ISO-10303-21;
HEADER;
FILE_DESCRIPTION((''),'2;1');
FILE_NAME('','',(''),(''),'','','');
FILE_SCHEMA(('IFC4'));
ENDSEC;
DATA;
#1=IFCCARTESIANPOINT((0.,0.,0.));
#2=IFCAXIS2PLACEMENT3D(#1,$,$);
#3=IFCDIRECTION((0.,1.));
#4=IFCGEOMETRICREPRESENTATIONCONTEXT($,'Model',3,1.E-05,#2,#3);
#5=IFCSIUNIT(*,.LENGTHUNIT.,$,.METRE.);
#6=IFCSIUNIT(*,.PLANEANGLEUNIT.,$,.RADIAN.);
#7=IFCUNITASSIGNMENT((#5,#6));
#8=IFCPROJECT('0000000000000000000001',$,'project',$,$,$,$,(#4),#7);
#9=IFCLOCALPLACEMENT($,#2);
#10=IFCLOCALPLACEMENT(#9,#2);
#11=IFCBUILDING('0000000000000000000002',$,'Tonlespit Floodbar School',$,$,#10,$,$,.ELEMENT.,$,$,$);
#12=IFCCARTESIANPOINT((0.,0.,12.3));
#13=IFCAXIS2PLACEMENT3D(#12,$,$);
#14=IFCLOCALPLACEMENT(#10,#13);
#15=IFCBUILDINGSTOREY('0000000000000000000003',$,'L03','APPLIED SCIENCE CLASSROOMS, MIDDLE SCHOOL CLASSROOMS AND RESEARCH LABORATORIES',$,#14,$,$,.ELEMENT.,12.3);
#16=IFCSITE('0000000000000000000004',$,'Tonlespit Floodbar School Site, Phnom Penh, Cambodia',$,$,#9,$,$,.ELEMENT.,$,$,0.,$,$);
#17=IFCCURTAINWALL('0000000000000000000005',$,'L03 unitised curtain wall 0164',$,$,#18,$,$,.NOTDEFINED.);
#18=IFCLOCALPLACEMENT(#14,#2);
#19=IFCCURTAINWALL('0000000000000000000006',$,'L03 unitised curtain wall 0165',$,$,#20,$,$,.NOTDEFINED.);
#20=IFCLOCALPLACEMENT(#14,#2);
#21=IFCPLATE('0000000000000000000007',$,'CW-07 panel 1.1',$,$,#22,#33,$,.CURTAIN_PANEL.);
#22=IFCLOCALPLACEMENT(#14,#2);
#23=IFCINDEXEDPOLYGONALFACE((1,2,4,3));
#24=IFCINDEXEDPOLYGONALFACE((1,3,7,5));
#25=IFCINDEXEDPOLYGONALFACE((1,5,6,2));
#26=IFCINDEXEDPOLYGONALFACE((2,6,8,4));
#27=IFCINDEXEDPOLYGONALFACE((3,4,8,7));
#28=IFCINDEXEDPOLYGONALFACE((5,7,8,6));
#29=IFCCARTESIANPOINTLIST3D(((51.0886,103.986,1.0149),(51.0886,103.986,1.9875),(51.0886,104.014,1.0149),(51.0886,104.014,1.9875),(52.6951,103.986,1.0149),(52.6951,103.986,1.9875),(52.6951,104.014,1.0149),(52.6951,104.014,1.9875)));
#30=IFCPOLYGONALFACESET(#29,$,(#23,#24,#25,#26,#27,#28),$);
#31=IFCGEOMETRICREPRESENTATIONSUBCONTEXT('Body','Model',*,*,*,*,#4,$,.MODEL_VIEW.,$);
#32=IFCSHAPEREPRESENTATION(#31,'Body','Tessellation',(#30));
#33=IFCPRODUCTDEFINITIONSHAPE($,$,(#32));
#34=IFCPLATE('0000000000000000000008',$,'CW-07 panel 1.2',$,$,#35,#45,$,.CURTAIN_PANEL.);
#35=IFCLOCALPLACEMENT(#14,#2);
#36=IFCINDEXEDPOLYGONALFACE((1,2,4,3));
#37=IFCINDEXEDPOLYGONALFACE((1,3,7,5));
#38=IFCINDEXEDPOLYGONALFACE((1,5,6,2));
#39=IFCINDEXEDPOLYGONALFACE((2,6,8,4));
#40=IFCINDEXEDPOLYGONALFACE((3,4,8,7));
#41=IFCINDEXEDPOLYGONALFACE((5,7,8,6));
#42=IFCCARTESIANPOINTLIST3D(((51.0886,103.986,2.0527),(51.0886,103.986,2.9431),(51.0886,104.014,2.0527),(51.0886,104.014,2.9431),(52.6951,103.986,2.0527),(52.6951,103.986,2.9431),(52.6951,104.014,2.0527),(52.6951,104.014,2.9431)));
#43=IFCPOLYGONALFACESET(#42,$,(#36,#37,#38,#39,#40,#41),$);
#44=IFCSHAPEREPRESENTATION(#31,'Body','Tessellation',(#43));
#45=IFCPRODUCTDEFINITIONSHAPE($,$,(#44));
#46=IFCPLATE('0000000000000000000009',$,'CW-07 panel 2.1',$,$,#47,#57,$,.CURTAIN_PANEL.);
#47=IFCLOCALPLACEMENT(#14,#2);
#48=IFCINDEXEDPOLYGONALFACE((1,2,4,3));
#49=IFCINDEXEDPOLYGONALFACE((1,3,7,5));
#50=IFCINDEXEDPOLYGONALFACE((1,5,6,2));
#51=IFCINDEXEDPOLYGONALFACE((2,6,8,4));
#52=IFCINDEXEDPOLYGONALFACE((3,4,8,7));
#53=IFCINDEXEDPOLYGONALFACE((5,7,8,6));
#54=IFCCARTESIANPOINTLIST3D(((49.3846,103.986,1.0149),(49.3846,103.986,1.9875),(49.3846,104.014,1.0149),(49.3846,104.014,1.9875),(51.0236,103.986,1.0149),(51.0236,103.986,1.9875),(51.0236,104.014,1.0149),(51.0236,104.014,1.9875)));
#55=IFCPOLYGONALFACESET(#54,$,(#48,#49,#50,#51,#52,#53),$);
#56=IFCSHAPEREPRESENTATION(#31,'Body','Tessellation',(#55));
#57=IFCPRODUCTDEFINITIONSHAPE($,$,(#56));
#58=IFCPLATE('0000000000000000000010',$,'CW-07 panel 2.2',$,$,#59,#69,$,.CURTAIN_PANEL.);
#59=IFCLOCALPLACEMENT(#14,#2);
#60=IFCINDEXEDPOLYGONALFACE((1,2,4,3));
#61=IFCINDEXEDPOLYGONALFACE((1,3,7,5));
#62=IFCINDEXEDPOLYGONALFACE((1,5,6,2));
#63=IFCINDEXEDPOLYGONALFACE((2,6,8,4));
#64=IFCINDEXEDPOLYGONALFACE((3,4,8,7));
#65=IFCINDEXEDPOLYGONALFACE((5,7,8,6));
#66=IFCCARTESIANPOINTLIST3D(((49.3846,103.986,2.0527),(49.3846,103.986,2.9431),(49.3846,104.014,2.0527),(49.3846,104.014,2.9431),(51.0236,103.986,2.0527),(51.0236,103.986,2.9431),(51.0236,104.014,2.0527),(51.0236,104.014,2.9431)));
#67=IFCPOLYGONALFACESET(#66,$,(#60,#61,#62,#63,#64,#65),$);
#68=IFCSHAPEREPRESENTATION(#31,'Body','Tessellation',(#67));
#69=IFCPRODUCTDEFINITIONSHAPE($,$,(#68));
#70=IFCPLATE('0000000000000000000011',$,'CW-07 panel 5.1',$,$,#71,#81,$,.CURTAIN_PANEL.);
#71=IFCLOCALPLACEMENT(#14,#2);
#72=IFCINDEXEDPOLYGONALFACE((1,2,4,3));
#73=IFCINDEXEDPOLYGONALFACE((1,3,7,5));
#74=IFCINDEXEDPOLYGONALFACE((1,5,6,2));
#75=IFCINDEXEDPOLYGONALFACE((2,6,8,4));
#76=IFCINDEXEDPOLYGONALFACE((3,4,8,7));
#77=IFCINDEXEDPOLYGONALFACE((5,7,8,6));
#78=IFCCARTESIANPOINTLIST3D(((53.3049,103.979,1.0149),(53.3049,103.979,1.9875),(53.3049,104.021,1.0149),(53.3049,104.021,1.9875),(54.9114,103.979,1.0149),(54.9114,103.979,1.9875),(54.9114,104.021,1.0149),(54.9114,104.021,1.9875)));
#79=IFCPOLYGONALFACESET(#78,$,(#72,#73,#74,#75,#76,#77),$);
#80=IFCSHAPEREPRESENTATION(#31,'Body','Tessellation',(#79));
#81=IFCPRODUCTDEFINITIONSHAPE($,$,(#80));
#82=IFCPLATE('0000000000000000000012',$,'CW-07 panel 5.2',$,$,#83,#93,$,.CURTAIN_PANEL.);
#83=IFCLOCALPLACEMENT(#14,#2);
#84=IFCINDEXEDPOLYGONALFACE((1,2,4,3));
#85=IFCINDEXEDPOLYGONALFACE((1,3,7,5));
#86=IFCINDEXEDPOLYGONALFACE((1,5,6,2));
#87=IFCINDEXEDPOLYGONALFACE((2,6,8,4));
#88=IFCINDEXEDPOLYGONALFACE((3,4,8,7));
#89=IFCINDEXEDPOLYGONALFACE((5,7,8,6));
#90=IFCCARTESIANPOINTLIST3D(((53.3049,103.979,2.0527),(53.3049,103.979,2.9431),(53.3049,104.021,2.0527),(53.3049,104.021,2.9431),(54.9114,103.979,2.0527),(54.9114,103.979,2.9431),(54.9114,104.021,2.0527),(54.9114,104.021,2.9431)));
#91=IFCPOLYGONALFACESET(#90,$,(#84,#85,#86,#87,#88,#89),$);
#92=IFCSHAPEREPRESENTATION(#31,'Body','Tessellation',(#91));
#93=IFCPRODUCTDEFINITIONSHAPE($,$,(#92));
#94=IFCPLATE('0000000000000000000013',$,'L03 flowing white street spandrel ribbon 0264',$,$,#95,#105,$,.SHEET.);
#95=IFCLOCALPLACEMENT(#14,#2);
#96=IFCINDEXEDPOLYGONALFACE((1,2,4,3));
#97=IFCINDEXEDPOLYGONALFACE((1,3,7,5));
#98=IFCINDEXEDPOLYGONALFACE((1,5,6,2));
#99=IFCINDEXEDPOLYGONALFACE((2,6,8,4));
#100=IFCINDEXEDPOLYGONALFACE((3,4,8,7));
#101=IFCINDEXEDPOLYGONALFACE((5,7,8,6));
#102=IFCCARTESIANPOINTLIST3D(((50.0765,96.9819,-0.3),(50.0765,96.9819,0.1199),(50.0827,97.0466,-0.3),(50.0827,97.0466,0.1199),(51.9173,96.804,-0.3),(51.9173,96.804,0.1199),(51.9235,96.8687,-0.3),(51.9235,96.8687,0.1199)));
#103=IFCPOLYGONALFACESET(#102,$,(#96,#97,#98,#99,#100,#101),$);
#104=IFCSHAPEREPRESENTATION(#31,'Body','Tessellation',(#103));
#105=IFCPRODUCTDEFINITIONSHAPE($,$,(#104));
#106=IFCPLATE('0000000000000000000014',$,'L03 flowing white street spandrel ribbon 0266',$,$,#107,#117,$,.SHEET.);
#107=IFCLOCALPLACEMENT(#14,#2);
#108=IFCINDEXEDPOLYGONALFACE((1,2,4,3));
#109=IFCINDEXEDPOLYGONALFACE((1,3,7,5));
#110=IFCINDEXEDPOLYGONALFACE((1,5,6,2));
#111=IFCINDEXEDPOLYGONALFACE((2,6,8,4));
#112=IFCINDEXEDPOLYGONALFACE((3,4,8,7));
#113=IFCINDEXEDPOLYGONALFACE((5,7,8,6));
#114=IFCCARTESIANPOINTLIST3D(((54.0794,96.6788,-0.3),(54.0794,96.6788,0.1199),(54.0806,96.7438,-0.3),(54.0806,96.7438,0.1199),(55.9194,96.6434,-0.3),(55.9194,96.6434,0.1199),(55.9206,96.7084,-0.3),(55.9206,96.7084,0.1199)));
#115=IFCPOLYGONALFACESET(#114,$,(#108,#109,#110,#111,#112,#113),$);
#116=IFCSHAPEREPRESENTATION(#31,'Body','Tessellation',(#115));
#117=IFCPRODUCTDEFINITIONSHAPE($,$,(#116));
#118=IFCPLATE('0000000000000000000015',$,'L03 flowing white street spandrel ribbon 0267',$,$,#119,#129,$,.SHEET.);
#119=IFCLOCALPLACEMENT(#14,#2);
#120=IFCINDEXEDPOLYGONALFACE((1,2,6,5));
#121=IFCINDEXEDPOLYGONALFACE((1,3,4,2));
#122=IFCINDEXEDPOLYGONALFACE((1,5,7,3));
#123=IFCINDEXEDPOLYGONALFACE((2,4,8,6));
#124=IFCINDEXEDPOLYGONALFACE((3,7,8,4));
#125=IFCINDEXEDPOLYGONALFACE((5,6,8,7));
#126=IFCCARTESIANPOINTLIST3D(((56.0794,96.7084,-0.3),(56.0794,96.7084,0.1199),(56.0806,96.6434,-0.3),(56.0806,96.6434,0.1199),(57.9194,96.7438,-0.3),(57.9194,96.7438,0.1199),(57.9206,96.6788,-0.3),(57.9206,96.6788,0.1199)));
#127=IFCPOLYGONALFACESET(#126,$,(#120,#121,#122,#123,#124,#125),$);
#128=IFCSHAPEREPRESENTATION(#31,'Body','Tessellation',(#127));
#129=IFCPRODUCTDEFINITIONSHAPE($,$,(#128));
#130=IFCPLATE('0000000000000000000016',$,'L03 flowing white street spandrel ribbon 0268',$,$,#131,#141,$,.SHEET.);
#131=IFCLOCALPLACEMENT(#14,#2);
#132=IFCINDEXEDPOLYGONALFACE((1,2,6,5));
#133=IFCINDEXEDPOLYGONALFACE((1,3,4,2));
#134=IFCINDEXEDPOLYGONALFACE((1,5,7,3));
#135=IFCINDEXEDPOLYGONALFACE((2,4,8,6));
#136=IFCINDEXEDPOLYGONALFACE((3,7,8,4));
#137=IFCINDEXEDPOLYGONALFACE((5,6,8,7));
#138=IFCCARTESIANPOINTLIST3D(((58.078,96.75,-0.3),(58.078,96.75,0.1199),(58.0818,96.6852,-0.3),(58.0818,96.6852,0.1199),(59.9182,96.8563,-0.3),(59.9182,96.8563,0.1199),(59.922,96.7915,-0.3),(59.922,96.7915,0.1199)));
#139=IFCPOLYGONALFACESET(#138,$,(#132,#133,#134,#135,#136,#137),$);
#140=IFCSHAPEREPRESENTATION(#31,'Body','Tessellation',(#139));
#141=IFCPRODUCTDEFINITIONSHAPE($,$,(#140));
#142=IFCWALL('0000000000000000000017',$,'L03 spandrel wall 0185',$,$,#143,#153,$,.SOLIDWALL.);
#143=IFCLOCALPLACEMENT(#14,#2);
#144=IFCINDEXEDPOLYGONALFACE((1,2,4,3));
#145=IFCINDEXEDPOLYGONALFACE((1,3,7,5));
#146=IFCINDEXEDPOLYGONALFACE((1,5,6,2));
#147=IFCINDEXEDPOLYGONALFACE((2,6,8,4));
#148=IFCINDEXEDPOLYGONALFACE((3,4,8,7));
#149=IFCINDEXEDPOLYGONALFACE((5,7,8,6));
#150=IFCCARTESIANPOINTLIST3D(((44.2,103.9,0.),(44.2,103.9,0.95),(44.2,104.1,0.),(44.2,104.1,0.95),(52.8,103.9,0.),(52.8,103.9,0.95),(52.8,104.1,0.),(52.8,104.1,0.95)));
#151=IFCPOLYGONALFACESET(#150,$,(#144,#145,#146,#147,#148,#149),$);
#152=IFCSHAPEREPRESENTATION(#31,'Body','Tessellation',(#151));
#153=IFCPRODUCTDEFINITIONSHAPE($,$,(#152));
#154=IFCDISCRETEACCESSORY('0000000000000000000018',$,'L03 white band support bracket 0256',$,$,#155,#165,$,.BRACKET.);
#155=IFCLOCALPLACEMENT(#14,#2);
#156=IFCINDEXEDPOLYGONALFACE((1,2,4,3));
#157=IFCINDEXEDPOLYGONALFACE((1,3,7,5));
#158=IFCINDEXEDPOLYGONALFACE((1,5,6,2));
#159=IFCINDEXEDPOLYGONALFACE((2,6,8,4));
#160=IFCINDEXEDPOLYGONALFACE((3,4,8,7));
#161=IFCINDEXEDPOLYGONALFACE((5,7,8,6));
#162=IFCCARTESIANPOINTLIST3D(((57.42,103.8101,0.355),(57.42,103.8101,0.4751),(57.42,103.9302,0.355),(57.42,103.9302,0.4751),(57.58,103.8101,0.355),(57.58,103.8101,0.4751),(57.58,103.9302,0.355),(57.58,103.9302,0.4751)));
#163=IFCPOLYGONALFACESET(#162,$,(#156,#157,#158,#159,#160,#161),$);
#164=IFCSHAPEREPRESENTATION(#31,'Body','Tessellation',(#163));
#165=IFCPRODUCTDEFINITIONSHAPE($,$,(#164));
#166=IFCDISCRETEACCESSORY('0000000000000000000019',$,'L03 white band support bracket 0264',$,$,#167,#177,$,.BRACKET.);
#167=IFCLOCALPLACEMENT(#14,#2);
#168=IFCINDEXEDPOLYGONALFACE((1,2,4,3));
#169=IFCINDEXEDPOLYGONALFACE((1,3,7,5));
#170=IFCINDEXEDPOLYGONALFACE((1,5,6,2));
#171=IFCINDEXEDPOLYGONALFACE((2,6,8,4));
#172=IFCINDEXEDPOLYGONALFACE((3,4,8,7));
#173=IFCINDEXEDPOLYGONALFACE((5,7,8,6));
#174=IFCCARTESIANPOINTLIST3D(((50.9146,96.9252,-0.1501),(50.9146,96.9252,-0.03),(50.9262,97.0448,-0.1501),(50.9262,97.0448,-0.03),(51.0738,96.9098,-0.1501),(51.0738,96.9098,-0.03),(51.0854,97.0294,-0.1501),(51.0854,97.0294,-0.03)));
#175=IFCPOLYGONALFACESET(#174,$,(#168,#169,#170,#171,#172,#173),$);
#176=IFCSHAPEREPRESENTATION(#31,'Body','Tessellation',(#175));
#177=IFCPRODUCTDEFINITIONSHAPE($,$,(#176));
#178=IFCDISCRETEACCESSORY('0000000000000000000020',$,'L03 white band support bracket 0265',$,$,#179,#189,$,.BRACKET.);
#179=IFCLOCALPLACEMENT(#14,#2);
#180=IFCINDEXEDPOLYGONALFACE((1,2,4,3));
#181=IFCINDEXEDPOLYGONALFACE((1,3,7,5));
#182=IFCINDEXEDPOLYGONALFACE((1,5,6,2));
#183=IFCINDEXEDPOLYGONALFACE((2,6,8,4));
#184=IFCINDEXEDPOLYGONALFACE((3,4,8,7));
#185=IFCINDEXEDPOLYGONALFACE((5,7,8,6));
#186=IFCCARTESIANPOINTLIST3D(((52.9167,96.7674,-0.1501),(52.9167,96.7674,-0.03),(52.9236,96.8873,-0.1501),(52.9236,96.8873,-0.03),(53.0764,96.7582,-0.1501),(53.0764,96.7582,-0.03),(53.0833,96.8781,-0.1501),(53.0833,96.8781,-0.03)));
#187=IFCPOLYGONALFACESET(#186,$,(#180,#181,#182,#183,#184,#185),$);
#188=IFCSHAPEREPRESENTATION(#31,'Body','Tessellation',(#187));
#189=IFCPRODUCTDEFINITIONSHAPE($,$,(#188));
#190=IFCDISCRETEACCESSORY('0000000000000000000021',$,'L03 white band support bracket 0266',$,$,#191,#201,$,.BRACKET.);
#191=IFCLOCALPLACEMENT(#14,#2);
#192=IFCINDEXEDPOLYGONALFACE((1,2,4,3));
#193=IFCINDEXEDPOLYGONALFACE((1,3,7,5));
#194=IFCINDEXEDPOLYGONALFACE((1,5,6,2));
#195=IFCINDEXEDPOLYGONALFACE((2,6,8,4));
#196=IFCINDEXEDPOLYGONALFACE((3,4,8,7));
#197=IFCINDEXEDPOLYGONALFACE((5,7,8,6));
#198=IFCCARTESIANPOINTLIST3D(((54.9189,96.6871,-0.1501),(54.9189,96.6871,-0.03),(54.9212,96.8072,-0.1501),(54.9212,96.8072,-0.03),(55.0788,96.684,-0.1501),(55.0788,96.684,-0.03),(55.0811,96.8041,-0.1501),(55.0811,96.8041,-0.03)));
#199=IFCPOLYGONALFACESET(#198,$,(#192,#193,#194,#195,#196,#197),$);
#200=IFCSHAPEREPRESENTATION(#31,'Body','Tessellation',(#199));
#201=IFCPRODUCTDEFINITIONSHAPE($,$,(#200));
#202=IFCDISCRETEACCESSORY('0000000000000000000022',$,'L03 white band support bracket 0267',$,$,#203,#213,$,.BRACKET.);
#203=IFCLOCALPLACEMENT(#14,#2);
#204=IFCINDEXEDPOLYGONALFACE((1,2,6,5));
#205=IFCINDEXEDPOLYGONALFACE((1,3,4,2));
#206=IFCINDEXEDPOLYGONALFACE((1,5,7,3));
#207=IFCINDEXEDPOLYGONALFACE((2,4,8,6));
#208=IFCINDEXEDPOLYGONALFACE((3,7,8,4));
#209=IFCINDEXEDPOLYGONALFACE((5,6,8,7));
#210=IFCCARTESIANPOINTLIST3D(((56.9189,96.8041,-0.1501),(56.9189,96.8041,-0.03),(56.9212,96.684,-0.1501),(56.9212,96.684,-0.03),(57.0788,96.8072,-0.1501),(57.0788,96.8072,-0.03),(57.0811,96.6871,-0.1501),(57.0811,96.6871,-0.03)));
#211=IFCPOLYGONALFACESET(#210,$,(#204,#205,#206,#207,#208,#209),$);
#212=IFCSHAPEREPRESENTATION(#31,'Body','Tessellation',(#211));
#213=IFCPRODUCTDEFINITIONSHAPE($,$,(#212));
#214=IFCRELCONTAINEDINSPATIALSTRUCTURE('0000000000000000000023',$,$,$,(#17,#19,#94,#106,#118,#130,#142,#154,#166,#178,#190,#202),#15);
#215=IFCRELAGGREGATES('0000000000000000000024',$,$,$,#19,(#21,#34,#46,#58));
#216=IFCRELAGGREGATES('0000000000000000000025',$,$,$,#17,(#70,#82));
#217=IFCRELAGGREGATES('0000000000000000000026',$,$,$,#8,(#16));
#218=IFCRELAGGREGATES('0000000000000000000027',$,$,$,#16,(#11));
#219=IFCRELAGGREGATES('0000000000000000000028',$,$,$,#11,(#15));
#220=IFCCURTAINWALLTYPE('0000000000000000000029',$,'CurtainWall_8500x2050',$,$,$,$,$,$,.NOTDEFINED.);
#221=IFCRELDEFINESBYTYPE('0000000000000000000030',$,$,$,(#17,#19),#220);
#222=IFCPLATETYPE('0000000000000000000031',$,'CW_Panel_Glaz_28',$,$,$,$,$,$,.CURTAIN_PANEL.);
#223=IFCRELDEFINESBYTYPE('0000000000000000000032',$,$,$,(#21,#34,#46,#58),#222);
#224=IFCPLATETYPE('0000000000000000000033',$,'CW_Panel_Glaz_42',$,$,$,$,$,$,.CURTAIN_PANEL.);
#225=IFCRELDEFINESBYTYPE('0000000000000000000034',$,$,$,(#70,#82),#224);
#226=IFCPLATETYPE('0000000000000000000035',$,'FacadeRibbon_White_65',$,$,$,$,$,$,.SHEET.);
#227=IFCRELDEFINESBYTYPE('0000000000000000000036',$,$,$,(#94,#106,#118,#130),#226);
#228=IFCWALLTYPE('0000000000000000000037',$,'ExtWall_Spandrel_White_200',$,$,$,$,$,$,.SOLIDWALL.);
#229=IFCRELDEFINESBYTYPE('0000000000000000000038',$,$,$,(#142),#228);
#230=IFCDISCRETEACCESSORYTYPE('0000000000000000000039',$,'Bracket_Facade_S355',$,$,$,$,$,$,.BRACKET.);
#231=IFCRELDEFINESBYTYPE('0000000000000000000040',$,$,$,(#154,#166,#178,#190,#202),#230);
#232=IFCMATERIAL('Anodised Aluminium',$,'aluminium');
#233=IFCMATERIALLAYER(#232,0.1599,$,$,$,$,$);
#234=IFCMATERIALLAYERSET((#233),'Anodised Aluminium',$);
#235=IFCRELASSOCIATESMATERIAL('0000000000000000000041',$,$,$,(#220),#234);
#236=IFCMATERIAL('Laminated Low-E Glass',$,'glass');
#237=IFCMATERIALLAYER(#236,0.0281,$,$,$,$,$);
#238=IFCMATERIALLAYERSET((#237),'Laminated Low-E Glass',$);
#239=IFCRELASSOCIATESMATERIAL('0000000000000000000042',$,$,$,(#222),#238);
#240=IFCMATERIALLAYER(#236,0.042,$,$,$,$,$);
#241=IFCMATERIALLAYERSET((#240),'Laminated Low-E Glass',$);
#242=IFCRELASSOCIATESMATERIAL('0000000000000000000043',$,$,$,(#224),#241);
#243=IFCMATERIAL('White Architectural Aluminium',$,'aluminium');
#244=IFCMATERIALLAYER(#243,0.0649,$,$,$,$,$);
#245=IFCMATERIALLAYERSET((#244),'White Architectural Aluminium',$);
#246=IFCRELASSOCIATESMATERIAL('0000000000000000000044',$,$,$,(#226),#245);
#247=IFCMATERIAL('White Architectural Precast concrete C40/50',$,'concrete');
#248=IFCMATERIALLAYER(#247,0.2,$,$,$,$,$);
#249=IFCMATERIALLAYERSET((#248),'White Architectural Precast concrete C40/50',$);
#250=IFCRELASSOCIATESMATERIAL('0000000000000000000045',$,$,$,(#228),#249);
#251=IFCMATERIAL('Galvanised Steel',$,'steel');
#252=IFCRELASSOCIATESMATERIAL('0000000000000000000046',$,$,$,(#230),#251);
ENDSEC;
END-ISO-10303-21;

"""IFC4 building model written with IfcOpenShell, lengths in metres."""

from ifc_helpers import new_model, si_unit, direction, frame, frame_2d, origin, origin_2d, place, context, subcontext, project, spatial, rectangle, extrude, material, layer, layer_set, type_object, element, aggregate, save


model = new_model("IFC4")

# Units and contexts
model_context = context("Model", 3, precision=1e-05, world=origin(), true_north=direction((0.0, 1.0)))
body_context = subcontext(model_context, "Body", "Model", "MODEL_VIEW")
ifc_project = project(units=[si_unit("LENGTHUNIT", "METRE"), si_unit("PLANEANGLEUNIT", "RADIAN")], contexts=[model_context])

# Site, building, storey
site_placement = place(None, origin())
site = spatial("IfcSite", under=ifc_project, at=site_placement, Name="Tonlespit Floodbar School Site, Phnom Penh, Cambodia", CompositionType="ELEMENT", RefElevation=0.0)
building_placement = place(site_placement, origin())
building = spatial("IfcBuilding", under=site, at=building_placement, Name="Tonlespit Floodbar School", CompositionType="ELEMENT")
storey_placement = place(building_placement, frame((0.0, 0.0, 12.3)))
storey = spatial("IfcBuildingStorey", under=building, at=storey_placement, Name="L03", Description="APPLIED SCIENCE CLASSROOMS, MIDDLE SCHOOL CLASSROOMS AND RESEARCH LABORATORIES", CompositionType="ELEMENT", Elevation=12.3)

# Curtain wall
ifc_material_1 = material(Name="Anodised Aluminium", Category="aluminium")
ifc_layer_1 = layer(ifc_material_1, 0.1599)
ifc_layer_set_1 = layer_set([ifc_layer_1], Name="Anodised Aluminium")
curtain_wall_type = type_object("IfcCurtainWallType", Name="CurtainWall_8500x2050", PredefinedType="NOTDEFINED", material=ifc_layer_set_1)
curtain_wall_1_placement = place(storey_placement, origin())
curtain_wall_1 = element("IfcCurtainWall", 1, at=curtain_wall_1_placement, inside=storey, type_object=curtain_wall_type, Name="L03 unitised curtain wall 0164", PredefinedType="NOTDEFINED")

# Curtain wall, plates
curtain_wall_2_placement = place(storey_placement, origin())
curtain_wall_2 = element("IfcCurtainWall", 2, at=curtain_wall_2_placement, inside=storey, type_object=curtain_wall_type, Name="L03 unitised curtain wall 0165", PredefinedType="NOTDEFINED")
ifc_material_2 = material(Name="Laminated Low-E Glass", Category="glass")
ifc_layer_2 = layer(ifc_material_2, 0.0281)
ifc_layer_set_2 = layer_set([ifc_layer_2], Name="Laminated Low-E Glass")
plate_type_1 = type_object("IfcPlateType", Name="CW_Panel_Glaz_28", PredefinedType="CURTAIN_PANEL", material=ifc_layer_set_2)
plate_1_placement = place(storey_placement, frame((51.8918, 104.0, 1.0149), z_axis=(0.0, 0.0, 1.0), x_axis=(-1.0, 0.0, 0.0)))
plate_1 = element("IfcPlate", 3, at=plate_1_placement, type_object=plate_type_1, Name="CW-07 panel 1.1", PredefinedType="CURTAIN_PANEL", context=body_context, shape_type="SweptSolid", body=[
    extrude(rectangle(XDim=1.6064, YDim=0.0281, at=origin_2d()), origin(), (0.0, 0.0, 1.0), 0.9727),
])
plate_2_placement = place(storey_placement, frame((51.8918, 104.0, 2.0527), z_axis=(0.0, 0.0, 1.0), x_axis=(-1.0, 0.0, 0.0)))
plate_2 = element("IfcPlate", 4, at=plate_2_placement, type_object=plate_type_1, Name="CW-07 panel 1.2", PredefinedType="CURTAIN_PANEL", context=body_context, shape_type="SweptSolid", body=[
    extrude(rectangle(XDim=1.6064, YDim=0.0281, at=origin_2d()), origin(), (0.0, 0.0, 1.0), 0.8904),
])
plate_3_placement = place(storey_placement, frame((50.2041, 104.0, 1.0149), z_axis=(0.0, 0.0, 1.0), x_axis=(-1.0, 0.0, 0.0)))
plate_3 = element("IfcPlate", 5, at=plate_3_placement, type_object=plate_type_1, Name="CW-07 panel 2.1", PredefinedType="CURTAIN_PANEL", context=body_context, shape_type="SweptSolid", body=[
    extrude(rectangle(XDim=1.6389, YDim=0.0281, at=origin_2d()), origin(), (0.0, 0.0, 1.0), 0.9727),
])
plate_4_placement = place(storey_placement, frame((50.2041, 104.0, 2.0527), z_axis=(0.0, 0.0, 1.0), x_axis=(-1.0, 0.0, 0.0)))
plate_4 = element("IfcPlate", 6, at=plate_4_placement, type_object=plate_type_1, Name="CW-07 panel 2.2", PredefinedType="CURTAIN_PANEL", context=body_context, shape_type="SweptSolid", body=[
    extrude(rectangle(XDim=1.6389, YDim=0.0281, at=origin_2d()), origin(), (0.0, 0.0, 1.0), 0.8904),
])
aggregate(curtain_wall_2, [plate_1, plate_2, plate_3, plate_4])

# Plates
ifc_layer_3 = layer(ifc_material_2, 0.042)
ifc_layer_set_3 = layer_set([ifc_layer_3], Name="Laminated Low-E Glass")
plate_type_2 = type_object("IfcPlateType", Name="CW_Panel_Glaz_42", PredefinedType="CURTAIN_PANEL", material=ifc_layer_set_3)
plate_5_placement = place(storey_placement, frame((54.1082, 104.0, 1.0149), z_axis=(0.0, 0.0, 1.0), x_axis=(-1.0, 0.0, 0.0)))
plate_5 = element("IfcPlate", 7, at=plate_5_placement, type_object=plate_type_2, Name="CW-07 panel 5.1", PredefinedType="CURTAIN_PANEL", context=body_context, shape_type="SweptSolid", body=[
    extrude(rectangle(XDim=1.6064, YDim=0.042, at=origin_2d()), origin(), (0.0, 0.0, 1.0), 0.9727),
])
plate_6_placement = place(storey_placement, frame((54.1082, 104.0, 2.0527), z_axis=(0.0, 0.0, 1.0), x_axis=(-1.0, 0.0, 0.0)))
plate_6 = element("IfcPlate", 8, at=plate_6_placement, type_object=plate_type_2, Name="CW-07 panel 5.2", PredefinedType="CURTAIN_PANEL", context=body_context, shape_type="SweptSolid", body=[
    extrude(rectangle(XDim=1.6064, YDim=0.042, at=origin_2d()), origin(), (0.0, 0.0, 1.0), 0.8904),
])
aggregate(curtain_wall_1, [plate_5, plate_6])

# Plates
ifc_material_3 = material(Name="White Architectural Aluminium", Category="aluminium")
ifc_layer_4 = layer(ifc_material_3, 0.0649)
ifc_layer_set_4 = layer_set([ifc_layer_4], Name="White Architectural Aluminium")
plate_type_3 = type_object("IfcPlateType", Name="FacadeRibbon_White_65", PredefinedType="SHEET", material=ifc_layer_set_4)
plate_7_placement = place(storey_placement, frame((51.0, 96.9253, -0.3), z_axis=(0.0, 0.0, 1.0), x_axis=(0.995362, -0.096202, 0.0)))
element("IfcPlate", 9, at=plate_7_placement, inside=storey, type_object=plate_type_3, Name="L03 flowing white street spandrel ribbon 0264", PredefinedType="SHEET", context=body_context, shape_type="SweptSolid", body=[
    extrude(rectangle(XDim=1.8494, YDim=0.0649, at=origin_2d()), origin(), (0.0, 0.0, 1.0), 0.4199),
])
for number, where, z_axis, x_axis, name in (
    (10, (55.0, 96.6936, -0.3), (0.0, 0.0, 1.0), (0.999815, -0.019246, 0.0), "L03 flowing white street spandrel ribbon 0266"),
    (11, (57.0, 96.6936, -0.3), (0.0, 0.0, 1.0), (0.999815, 0.019246, 0.0), "L03 flowing white street spandrel ribbon 0267"),
):
    element("IfcPlate", number, at=place(storey_placement, frame(where, z_axis=z_axis, x_axis=x_axis)), inside=storey, type_object=plate_type_3, Name=name, PredefinedType="SHEET", context=body_context, shape_type="SweptSolid", body=[
        extrude(rectangle(XDim=1.8403, YDim=0.0649, at=origin_2d()), origin(), (0.0, 0.0, 1.0), 0.4199),
    ])
plate_8_placement = place(storey_placement, frame((59.0, 96.7708, -0.3), z_axis=(0.0, 0.0, 1.0), x_axis=(0.998334, 0.057703, 0.0)))
element("IfcPlate", 12, at=plate_8_placement, inside=storey, type_object=plate_type_3, Name="L03 flowing white street spandrel ribbon 0268", PredefinedType="SHEET", context=body_context, shape_type="SweptSolid", body=[
    extrude(rectangle(XDim=1.8433, YDim=0.0649, at=origin_2d()), origin(), (0.0, 0.0, 1.0), 0.4199),
])

# Wall
ifc_material_4 = material(Name="White Architectural Precast concrete C40/50", Category="concrete")
ifc_layer_5 = layer(ifc_material_4, 0.2)
ifc_layer_set_5 = layer_set([ifc_layer_5], Name="White Architectural Precast concrete C40/50")
wall_type = type_object("IfcWallType", Name="ExtWall_Spandrel_White_200", PredefinedType="SOLIDWALL", material=ifc_layer_set_5)
wall_placement = place(storey_placement, frame((52.8, 104.0, 0.0), z_axis=(0.0, 0.0, 1.0), x_axis=(-1.0, 0.0, 0.0)))
element("IfcWall", 13, at=wall_placement, inside=storey, type_object=wall_type, Name="L03 spandrel wall 0185", PredefinedType="SOLIDWALL", context=body_context, shape_type="SweptSolid", body=[
    extrude(rectangle(XDim=8.6001, YDim=0.2, at=frame_2d((4.3, 0.0))), origin(), (0.0, 0.0, 1.0), 0.95),
])

# Discrete accessories
ifc_material_5 = material(Name="Galvanised Steel", Category="steel")
discrete_accessory_type = type_object("IfcDiscreteAccessoryType", Name="Bracket_Facade_S355", PredefinedType="BRACKET", material=ifc_material_5)
for number, where, z_axis, x_axis, name in (
    (14, (57.5, 103.8701, 0.355), (0.0, 0.0, 1.0), (-1.0, 0.0, 0.0), "L03 white band support bracket 0256"),
    (15, (51.0, 96.9773, -0.1501), (0.0, 0.0, 1.0), (0.995362, -0.096202, 0.0), "L03 white band support bracket 0264"),
    (16, (53.0, 96.8228, -0.1501), (0.0, 0.0, 1.0), (0.998334, -0.057703, 0.0), "L03 white band support bracket 0265"),
    (17, (55.0, 96.7456, -0.1501), (0.0, 0.0, 1.0), (0.999815, -0.019246, 0.0), "L03 white band support bracket 0266"),
    (18, (57.0, 96.7456, -0.1501), (0.0, 0.0, 1.0), (0.999815, 0.019246, 0.0), "L03 white band support bracket 0267"),
):
    element("IfcDiscreteAccessory", number, at=place(storey_placement, frame(where, z_axis=z_axis, x_axis=x_axis)), inside=storey, type_object=discrete_accessory_type, Name=name, PredefinedType="BRACKET", context=body_context, shape_type="SweptSolid", body=[
        extrude(rectangle(XDim=0.1599, YDim=0.1201, at=origin_2d()), origin(), (0.0, 0.0, 1.0), 0.1201),
    ])

save(model, "model.ifc")
